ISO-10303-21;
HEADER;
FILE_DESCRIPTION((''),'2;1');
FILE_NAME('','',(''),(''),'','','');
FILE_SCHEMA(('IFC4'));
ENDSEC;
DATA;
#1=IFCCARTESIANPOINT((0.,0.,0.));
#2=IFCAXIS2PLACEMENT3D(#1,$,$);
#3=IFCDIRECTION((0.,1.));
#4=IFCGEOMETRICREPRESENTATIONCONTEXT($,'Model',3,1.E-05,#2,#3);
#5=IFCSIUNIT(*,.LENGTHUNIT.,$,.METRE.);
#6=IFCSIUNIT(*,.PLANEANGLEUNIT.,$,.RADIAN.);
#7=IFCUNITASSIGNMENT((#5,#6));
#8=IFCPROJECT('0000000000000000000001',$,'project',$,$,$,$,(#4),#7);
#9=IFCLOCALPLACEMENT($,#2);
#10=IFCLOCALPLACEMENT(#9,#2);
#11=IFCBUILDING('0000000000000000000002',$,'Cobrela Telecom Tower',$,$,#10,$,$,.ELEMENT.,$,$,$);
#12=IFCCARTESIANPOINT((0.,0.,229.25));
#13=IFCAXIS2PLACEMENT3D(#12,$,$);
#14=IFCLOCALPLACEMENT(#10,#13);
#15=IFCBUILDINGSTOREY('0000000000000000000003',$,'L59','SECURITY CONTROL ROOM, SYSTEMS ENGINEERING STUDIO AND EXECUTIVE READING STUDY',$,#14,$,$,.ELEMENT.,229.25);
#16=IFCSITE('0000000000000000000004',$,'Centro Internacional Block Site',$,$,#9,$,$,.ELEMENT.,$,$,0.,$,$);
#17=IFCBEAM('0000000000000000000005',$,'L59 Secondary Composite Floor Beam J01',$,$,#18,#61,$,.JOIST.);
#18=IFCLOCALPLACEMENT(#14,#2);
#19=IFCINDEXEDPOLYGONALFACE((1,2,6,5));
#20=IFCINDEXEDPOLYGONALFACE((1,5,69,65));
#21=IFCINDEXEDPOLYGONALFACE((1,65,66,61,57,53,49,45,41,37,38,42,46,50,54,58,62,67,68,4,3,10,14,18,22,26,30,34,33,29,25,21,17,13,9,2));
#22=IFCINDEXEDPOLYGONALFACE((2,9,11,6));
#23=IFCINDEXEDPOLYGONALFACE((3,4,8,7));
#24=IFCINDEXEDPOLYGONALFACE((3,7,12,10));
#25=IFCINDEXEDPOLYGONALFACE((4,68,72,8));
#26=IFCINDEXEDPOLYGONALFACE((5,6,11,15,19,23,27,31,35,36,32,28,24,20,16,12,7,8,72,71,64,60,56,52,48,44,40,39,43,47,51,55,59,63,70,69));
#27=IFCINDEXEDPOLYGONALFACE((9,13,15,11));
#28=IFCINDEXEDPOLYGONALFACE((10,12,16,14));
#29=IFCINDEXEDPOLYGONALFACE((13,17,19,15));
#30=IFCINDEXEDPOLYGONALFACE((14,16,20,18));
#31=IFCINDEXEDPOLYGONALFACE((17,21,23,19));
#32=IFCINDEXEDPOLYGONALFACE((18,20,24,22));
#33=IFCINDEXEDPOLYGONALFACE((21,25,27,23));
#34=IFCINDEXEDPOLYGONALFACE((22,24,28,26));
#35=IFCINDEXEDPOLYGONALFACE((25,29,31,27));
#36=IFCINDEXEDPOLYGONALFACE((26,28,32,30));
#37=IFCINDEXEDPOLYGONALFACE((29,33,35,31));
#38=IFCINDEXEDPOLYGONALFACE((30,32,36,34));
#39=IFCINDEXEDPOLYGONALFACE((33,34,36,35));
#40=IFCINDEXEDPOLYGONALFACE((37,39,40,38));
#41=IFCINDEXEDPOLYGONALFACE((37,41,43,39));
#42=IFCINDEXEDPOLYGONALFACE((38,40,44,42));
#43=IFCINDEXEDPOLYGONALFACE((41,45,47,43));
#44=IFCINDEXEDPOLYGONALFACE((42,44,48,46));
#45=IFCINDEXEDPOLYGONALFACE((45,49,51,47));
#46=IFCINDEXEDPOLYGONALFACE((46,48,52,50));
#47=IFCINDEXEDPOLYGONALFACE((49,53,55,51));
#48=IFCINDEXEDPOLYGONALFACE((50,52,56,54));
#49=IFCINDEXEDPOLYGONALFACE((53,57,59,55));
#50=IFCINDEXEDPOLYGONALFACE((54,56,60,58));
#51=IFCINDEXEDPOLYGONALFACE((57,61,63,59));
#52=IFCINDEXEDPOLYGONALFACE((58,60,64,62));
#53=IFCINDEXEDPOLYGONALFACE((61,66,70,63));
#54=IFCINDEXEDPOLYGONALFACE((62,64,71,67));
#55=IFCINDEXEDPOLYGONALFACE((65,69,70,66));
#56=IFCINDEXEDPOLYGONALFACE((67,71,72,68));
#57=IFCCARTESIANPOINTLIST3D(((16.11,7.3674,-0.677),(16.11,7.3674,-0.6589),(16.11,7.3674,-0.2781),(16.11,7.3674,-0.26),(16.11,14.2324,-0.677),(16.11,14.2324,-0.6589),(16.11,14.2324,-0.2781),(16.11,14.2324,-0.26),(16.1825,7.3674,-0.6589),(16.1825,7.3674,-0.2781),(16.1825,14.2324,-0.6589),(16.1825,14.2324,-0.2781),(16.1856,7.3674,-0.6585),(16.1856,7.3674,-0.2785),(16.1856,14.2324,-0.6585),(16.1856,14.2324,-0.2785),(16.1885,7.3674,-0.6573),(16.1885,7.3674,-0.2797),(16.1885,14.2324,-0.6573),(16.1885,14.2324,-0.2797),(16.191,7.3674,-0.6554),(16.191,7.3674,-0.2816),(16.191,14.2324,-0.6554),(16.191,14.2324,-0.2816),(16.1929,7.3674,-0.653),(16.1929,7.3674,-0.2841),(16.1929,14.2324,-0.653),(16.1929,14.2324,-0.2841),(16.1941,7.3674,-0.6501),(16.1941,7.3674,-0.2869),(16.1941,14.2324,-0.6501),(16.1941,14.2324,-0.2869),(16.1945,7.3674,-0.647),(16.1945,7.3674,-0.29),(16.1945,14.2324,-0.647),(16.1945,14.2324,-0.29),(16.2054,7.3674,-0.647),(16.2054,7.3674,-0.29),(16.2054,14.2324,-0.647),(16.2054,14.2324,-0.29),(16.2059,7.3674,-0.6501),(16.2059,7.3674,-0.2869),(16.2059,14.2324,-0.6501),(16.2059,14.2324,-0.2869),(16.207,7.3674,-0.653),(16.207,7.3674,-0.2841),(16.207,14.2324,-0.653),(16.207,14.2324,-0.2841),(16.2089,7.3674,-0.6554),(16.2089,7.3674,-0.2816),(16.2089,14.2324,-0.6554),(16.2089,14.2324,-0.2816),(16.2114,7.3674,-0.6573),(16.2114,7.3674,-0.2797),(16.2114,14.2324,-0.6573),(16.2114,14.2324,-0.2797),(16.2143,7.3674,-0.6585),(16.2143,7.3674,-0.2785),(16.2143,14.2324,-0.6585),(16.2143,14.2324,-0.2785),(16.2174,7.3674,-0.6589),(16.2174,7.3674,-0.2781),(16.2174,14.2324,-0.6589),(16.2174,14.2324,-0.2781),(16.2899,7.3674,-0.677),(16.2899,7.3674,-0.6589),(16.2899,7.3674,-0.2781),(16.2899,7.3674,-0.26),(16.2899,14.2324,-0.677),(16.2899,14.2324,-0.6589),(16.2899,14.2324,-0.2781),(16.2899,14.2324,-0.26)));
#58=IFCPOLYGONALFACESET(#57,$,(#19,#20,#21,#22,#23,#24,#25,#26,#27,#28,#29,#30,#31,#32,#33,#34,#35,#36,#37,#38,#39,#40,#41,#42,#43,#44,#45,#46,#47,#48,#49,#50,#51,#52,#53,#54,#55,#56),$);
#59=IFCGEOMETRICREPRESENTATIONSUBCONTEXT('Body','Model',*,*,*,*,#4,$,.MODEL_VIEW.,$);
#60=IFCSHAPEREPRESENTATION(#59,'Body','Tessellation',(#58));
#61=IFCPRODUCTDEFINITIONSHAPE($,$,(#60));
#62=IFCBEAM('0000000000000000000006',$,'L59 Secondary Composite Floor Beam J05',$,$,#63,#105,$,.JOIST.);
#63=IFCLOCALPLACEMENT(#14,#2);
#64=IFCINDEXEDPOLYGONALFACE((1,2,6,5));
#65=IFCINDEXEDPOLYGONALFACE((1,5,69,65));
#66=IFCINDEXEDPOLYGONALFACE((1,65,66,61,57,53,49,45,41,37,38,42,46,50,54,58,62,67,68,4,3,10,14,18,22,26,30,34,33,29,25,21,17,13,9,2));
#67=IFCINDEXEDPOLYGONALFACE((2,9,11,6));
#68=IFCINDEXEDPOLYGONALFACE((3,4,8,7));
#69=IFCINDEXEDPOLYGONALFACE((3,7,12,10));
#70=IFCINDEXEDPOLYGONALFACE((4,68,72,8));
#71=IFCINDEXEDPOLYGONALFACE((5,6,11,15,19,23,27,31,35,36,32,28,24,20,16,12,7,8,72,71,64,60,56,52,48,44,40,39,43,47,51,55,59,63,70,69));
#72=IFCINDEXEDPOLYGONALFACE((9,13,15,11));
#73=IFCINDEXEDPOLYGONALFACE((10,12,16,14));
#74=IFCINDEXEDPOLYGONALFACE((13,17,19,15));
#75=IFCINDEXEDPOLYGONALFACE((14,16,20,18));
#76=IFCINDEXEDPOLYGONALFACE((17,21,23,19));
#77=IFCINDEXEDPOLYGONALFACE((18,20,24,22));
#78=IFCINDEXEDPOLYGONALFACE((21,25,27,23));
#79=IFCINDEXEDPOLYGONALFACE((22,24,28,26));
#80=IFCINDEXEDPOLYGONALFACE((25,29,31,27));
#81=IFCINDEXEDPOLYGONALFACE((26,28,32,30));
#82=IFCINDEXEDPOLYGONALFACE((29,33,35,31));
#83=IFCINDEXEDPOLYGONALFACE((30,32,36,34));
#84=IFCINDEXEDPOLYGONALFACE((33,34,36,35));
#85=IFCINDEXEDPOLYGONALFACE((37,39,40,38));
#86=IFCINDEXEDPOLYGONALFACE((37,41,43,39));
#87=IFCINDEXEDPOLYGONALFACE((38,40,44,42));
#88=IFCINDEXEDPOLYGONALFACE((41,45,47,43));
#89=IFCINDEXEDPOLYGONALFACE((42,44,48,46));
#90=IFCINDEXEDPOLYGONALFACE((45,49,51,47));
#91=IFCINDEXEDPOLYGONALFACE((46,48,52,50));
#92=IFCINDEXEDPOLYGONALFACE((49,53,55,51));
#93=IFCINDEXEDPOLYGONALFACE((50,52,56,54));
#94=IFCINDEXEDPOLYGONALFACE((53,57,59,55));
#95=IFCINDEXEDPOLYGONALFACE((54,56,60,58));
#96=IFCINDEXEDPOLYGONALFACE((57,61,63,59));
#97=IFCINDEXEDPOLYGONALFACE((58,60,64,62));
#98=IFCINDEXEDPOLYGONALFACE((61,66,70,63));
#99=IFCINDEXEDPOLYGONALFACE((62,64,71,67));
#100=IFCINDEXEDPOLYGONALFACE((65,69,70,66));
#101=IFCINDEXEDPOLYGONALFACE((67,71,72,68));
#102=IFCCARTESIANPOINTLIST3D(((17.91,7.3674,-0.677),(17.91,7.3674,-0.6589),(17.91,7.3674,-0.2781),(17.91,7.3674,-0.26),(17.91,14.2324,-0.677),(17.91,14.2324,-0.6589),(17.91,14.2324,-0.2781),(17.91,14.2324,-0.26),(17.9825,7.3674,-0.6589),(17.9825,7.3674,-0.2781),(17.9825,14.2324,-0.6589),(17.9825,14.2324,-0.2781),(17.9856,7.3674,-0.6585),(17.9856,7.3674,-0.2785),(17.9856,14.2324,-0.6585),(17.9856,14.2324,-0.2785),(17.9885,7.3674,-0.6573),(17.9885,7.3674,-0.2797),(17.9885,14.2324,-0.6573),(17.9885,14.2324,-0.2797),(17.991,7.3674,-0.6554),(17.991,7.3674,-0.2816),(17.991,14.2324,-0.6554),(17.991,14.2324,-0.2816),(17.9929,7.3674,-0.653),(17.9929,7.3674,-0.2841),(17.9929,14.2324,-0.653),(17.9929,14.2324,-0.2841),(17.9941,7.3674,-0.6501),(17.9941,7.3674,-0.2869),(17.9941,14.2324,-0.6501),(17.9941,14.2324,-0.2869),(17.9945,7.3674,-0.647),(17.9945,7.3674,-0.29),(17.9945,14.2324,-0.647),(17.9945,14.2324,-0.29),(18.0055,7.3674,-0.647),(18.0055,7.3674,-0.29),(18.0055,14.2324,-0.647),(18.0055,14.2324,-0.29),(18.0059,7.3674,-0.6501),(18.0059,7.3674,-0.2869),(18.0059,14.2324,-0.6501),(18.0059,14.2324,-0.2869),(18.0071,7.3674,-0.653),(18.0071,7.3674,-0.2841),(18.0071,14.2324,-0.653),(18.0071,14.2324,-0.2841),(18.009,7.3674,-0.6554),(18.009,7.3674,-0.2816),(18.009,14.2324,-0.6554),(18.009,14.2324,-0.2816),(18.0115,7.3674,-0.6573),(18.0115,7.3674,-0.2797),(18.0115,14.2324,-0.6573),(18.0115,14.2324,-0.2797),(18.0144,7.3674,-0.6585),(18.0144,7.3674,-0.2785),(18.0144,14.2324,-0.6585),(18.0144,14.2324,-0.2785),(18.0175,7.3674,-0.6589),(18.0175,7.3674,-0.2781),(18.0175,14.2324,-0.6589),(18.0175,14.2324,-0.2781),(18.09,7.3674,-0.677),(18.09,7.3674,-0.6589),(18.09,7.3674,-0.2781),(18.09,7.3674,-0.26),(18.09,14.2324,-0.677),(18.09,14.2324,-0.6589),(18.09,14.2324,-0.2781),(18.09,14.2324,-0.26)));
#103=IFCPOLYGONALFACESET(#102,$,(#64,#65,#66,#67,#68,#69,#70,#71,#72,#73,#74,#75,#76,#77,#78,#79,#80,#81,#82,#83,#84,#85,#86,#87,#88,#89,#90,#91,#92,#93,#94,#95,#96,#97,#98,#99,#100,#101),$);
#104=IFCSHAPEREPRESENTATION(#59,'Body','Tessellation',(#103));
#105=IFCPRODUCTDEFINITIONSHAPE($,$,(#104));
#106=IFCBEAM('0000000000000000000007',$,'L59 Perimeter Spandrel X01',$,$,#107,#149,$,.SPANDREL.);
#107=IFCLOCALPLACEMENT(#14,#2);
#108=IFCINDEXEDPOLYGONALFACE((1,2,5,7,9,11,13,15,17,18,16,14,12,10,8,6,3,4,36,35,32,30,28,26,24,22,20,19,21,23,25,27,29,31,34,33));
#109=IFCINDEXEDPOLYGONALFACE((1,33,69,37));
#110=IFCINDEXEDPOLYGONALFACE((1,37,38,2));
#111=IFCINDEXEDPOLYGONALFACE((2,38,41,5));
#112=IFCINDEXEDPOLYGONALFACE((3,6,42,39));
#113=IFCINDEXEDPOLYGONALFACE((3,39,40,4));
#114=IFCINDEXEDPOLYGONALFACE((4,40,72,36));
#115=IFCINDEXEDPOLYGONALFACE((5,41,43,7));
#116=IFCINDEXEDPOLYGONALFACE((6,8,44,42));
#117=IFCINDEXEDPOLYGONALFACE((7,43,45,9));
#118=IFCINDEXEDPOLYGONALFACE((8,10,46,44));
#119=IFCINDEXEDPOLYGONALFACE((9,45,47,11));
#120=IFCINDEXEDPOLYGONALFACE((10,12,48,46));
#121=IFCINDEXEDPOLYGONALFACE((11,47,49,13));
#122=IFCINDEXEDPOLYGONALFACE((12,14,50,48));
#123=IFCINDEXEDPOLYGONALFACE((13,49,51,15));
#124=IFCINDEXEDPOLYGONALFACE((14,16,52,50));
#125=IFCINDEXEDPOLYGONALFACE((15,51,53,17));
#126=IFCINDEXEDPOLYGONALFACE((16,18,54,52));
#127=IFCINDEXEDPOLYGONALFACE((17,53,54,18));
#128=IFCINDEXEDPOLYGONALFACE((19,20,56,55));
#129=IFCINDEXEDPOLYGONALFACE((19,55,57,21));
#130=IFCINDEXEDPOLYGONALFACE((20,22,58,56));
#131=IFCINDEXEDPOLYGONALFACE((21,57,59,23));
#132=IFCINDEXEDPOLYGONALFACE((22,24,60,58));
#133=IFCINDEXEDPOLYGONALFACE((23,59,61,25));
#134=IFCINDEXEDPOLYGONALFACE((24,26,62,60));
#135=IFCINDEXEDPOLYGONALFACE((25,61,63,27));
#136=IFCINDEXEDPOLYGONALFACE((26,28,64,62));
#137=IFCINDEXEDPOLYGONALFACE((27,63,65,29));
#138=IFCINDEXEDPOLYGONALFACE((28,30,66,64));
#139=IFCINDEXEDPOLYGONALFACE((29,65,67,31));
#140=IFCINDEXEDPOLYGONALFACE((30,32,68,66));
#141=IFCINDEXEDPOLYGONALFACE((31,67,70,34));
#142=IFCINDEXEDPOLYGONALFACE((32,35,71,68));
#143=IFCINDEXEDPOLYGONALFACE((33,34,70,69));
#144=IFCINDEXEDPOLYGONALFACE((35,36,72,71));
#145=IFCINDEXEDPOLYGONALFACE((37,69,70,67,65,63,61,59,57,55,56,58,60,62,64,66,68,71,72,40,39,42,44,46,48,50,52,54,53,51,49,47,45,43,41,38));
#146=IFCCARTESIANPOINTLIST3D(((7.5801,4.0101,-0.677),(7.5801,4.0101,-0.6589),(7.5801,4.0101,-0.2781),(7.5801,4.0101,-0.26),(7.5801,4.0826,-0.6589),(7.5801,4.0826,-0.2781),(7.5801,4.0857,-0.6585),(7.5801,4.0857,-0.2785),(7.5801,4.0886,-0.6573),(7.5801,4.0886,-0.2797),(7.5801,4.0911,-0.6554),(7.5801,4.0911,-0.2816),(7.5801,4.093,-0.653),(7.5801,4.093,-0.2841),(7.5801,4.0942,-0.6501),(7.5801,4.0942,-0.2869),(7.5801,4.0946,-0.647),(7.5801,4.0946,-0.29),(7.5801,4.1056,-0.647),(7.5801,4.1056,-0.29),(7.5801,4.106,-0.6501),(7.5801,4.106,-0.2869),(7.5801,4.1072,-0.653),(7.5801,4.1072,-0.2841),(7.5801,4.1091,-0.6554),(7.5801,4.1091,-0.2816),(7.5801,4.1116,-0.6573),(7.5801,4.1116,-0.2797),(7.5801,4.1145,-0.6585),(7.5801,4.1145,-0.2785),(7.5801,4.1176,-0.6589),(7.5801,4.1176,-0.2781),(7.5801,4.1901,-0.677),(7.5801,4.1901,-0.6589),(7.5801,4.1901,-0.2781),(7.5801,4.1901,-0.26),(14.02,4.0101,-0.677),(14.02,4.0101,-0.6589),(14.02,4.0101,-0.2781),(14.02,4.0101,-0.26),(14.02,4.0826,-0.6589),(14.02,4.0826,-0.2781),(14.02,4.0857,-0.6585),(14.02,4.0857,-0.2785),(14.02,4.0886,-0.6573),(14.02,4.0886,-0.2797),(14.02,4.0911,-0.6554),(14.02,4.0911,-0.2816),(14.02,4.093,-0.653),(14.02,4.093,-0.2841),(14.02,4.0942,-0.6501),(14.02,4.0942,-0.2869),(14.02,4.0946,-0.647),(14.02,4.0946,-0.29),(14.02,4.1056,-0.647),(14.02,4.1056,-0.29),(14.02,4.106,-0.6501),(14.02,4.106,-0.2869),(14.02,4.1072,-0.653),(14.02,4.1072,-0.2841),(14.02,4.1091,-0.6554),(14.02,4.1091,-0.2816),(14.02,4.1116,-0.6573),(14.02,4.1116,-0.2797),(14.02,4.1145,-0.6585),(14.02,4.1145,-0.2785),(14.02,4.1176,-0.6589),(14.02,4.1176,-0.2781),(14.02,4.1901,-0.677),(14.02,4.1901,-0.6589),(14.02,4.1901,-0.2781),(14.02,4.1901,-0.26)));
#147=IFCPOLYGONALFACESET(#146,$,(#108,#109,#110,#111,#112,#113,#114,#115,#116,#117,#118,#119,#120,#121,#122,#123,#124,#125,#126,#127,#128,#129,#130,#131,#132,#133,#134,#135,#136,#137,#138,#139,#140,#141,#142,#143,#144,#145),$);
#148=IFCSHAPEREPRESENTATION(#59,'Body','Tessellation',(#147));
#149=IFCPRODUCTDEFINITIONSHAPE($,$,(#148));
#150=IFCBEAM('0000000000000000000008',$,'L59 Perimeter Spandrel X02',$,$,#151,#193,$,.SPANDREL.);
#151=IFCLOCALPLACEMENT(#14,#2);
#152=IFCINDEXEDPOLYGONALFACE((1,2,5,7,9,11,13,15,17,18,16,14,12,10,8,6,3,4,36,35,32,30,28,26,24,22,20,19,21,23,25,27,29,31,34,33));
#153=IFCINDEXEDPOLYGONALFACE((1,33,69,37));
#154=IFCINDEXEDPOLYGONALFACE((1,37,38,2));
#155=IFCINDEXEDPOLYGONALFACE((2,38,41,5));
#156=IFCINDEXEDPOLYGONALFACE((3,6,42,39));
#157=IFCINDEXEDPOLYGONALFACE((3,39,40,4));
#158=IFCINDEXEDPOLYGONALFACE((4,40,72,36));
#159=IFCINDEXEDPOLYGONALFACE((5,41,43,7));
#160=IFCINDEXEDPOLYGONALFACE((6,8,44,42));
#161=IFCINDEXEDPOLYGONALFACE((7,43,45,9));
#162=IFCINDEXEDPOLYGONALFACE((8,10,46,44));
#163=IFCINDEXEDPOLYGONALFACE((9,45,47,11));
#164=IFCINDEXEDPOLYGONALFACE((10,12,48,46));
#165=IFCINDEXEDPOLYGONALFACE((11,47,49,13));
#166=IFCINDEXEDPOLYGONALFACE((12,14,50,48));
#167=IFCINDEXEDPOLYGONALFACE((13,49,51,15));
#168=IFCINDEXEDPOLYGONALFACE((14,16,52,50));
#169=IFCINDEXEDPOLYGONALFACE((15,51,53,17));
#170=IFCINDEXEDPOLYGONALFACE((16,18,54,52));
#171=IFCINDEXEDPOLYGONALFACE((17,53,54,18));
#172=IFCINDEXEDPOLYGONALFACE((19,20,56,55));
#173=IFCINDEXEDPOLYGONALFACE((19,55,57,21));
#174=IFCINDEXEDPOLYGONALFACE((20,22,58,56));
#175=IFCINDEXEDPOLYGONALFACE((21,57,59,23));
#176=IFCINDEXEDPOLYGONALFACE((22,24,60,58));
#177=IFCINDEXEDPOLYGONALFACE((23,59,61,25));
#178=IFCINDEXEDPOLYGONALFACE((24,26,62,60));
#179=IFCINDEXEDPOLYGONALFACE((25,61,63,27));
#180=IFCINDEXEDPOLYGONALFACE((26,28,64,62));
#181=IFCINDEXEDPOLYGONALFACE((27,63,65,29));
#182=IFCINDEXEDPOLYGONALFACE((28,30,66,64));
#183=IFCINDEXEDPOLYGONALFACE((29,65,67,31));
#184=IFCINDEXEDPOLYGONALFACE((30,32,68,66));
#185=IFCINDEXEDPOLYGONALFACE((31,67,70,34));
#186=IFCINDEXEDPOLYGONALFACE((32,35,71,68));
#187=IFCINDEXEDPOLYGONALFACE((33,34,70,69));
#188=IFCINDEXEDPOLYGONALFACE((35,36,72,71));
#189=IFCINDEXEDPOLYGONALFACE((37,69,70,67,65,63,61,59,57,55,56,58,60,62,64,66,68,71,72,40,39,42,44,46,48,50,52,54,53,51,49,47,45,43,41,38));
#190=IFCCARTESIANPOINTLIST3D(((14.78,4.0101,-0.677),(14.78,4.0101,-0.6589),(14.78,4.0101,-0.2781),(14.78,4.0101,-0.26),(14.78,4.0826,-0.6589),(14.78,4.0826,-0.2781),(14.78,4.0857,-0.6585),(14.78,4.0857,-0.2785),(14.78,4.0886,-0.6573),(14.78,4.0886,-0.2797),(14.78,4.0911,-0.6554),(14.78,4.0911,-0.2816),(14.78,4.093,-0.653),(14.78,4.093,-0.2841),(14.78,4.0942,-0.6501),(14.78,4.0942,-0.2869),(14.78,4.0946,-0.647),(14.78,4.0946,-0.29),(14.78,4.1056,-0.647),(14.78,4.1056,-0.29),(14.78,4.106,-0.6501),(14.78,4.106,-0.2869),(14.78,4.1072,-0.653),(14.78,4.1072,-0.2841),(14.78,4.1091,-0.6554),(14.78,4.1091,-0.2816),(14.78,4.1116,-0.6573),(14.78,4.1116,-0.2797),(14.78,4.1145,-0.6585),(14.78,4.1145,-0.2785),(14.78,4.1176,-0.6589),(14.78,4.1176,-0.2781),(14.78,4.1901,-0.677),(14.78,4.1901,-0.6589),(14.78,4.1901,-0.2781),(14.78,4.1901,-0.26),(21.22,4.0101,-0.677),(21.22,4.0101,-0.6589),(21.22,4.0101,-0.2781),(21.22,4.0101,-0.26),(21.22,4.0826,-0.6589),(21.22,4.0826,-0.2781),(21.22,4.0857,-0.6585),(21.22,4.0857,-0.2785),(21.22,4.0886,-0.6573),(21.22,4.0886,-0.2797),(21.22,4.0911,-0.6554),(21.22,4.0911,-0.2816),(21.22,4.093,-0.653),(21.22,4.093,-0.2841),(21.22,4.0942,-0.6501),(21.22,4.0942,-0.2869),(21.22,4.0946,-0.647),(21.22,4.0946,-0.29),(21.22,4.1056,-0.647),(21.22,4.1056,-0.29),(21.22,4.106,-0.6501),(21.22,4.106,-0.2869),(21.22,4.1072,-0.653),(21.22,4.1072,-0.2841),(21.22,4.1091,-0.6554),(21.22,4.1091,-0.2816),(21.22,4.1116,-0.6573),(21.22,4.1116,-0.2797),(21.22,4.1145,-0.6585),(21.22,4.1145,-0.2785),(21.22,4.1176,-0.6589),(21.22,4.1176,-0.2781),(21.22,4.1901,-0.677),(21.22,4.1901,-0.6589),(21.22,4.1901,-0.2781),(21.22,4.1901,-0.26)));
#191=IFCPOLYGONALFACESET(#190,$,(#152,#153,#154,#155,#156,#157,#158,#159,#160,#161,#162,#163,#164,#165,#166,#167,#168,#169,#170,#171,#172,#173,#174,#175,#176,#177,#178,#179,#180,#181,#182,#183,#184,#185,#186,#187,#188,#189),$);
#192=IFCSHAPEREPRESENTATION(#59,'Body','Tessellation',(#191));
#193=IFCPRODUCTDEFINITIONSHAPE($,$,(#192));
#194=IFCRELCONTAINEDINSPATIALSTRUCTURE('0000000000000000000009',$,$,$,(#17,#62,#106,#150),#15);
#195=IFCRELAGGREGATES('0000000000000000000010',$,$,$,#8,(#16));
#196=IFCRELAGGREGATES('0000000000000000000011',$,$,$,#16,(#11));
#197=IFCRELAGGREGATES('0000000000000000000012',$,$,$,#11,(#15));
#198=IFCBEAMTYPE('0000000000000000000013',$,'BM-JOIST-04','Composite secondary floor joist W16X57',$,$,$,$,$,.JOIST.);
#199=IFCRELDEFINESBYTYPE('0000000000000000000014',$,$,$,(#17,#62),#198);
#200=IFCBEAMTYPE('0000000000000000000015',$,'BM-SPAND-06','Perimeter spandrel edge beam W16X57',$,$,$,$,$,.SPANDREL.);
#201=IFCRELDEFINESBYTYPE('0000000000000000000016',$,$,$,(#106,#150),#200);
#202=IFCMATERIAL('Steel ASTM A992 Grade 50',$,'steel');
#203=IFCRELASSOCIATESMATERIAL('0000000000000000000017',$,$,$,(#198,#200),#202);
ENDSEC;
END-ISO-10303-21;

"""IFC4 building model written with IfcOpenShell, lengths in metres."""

from ifc_helpers import new_model, si_unit, direction, frame, origin, origin_2d, place, context, subcontext, project, spatial, i_section, extrude, material, material_profile, profile_set, type_object, element, save


model = new_model("IFC4")

# Units and contexts
model_context = context("Model", 3, precision=1e-05, world=origin(), true_north=direction((0.0, 1.0)))
body_context = subcontext(model_context, "Body", "Model", "MODEL_VIEW")
ifc_project = project(units=[si_unit("LENGTHUNIT", "METRE"), si_unit("PLANEANGLEUNIT", "RADIAN")], contexts=[model_context])

# Site, building, storey
site_placement = place(None, origin())
site = spatial("IfcSite", under=ifc_project, at=site_placement, Name="Centro Internacional Block Site", CompositionType="ELEMENT", RefElevation=0.0)
building_placement = place(site_placement, origin())
building = spatial("IfcBuilding", under=site, at=building_placement, Name="Cobrela Telecom Tower", CompositionType="ELEMENT")
storey_placement = place(building_placement, frame((0.0, 0.0, 229.25)))
storey = spatial("IfcBuildingStorey", under=building, at=storey_placement, Name="L59", Description="SECURITY CONTROL ROOM, SYSTEMS ENGINEERING STUDIO AND EXECUTIVE READING STUDY", CompositionType="ELEMENT", Elevation=229.25)

# Beams
ifc_material_1 = material(Name="Steel ASTM A992 Grade 50", Category="steel")
ifc_material_profile_1 = material_profile(ifc_material_1, i_section(OverallWidth=0.1799, OverallDepth=0.417, WebThickness=0.011, FlangeThickness=0.0181, FilletRadius=0.012, at=origin_2d()), Name="W16X57")
ifc_profile_set_1 = profile_set([ifc_material_profile_1], Name="Steel ASTM A992 Grade 50")
beam_type_1 = type_object("IfcBeamType", Name="BM-JOIST-04", Description="Composite secondary floor joist W16X57", PredefinedType="JOIST", material=ifc_profile_set_1)
for number, where, z_axis, x_axis, name in (
    (1, (16.2, 7.3674, -0.4685), (0.0, 1.0, 0.0), (-1.0, 0.0, 0.0), "L59 Secondary Composite Floor Beam J01"),
    (2, (18.0, 7.3674, -0.4685), (0.0, 1.0, 0.0), (-1.0, 0.0, 0.0), "L59 Secondary Composite Floor Beam J05"),
):
    element("IfcBeam", number, at=place(storey_placement, frame(where, z_axis=z_axis, x_axis=x_axis)), inside=storey, type_object=beam_type_1, Name=name, PredefinedType="JOIST", context=body_context, shape_type="SweptSolid", body=[
        extrude(i_section(OverallWidth=0.1799, OverallDepth=0.417, WebThickness=0.011, FlangeThickness=0.0181, FilletRadius=0.012, at=origin_2d()), origin(), (0.0, 0.0, 1.0), 6.865),
    ])
ifc_material_profile_2 = material_profile(ifc_material_1, i_section(OverallWidth=0.1799, OverallDepth=0.417, WebThickness=0.011, FlangeThickness=0.0181, FilletRadius=0.012, at=origin_2d()), Name="W16X57")
ifc_profile_set_2 = profile_set([ifc_material_profile_2], Name="Steel ASTM A992 Grade 50")
beam_type_2 = type_object("IfcBeamType", Name="BM-SPAND-06", Description="Perimeter spandrel edge beam W16X57", PredefinedType="SPANDREL", material=ifc_profile_set_2)
for number, where, z_axis, x_axis, name in (
    (3, (7.5801, 4.1001, -0.4685), (1.0, 0.0, 0.0), (0.0, 1.0, 0.0), "L59 Perimeter Spandrel X01"),
    (4, (14.78, 4.1001, -0.4685), (1.0, 0.0, 0.0), (0.0, 1.0, 0.0), "L59 Perimeter Spandrel X02"),
):
    element("IfcBeam", number, at=place(storey_placement, frame(where, z_axis=z_axis, x_axis=x_axis)), inside=storey, type_object=beam_type_2, Name=name, PredefinedType="SPANDREL", context=body_context, shape_type="SweptSolid", body=[
        extrude(i_section(OverallWidth=0.1799, OverallDepth=0.417, WebThickness=0.011, FlangeThickness=0.0181, FilletRadius=0.012, at=origin_2d()), origin(), (0.0, 0.0, 1.0), 6.4399),
    ])

save(model, "model.ifc")
